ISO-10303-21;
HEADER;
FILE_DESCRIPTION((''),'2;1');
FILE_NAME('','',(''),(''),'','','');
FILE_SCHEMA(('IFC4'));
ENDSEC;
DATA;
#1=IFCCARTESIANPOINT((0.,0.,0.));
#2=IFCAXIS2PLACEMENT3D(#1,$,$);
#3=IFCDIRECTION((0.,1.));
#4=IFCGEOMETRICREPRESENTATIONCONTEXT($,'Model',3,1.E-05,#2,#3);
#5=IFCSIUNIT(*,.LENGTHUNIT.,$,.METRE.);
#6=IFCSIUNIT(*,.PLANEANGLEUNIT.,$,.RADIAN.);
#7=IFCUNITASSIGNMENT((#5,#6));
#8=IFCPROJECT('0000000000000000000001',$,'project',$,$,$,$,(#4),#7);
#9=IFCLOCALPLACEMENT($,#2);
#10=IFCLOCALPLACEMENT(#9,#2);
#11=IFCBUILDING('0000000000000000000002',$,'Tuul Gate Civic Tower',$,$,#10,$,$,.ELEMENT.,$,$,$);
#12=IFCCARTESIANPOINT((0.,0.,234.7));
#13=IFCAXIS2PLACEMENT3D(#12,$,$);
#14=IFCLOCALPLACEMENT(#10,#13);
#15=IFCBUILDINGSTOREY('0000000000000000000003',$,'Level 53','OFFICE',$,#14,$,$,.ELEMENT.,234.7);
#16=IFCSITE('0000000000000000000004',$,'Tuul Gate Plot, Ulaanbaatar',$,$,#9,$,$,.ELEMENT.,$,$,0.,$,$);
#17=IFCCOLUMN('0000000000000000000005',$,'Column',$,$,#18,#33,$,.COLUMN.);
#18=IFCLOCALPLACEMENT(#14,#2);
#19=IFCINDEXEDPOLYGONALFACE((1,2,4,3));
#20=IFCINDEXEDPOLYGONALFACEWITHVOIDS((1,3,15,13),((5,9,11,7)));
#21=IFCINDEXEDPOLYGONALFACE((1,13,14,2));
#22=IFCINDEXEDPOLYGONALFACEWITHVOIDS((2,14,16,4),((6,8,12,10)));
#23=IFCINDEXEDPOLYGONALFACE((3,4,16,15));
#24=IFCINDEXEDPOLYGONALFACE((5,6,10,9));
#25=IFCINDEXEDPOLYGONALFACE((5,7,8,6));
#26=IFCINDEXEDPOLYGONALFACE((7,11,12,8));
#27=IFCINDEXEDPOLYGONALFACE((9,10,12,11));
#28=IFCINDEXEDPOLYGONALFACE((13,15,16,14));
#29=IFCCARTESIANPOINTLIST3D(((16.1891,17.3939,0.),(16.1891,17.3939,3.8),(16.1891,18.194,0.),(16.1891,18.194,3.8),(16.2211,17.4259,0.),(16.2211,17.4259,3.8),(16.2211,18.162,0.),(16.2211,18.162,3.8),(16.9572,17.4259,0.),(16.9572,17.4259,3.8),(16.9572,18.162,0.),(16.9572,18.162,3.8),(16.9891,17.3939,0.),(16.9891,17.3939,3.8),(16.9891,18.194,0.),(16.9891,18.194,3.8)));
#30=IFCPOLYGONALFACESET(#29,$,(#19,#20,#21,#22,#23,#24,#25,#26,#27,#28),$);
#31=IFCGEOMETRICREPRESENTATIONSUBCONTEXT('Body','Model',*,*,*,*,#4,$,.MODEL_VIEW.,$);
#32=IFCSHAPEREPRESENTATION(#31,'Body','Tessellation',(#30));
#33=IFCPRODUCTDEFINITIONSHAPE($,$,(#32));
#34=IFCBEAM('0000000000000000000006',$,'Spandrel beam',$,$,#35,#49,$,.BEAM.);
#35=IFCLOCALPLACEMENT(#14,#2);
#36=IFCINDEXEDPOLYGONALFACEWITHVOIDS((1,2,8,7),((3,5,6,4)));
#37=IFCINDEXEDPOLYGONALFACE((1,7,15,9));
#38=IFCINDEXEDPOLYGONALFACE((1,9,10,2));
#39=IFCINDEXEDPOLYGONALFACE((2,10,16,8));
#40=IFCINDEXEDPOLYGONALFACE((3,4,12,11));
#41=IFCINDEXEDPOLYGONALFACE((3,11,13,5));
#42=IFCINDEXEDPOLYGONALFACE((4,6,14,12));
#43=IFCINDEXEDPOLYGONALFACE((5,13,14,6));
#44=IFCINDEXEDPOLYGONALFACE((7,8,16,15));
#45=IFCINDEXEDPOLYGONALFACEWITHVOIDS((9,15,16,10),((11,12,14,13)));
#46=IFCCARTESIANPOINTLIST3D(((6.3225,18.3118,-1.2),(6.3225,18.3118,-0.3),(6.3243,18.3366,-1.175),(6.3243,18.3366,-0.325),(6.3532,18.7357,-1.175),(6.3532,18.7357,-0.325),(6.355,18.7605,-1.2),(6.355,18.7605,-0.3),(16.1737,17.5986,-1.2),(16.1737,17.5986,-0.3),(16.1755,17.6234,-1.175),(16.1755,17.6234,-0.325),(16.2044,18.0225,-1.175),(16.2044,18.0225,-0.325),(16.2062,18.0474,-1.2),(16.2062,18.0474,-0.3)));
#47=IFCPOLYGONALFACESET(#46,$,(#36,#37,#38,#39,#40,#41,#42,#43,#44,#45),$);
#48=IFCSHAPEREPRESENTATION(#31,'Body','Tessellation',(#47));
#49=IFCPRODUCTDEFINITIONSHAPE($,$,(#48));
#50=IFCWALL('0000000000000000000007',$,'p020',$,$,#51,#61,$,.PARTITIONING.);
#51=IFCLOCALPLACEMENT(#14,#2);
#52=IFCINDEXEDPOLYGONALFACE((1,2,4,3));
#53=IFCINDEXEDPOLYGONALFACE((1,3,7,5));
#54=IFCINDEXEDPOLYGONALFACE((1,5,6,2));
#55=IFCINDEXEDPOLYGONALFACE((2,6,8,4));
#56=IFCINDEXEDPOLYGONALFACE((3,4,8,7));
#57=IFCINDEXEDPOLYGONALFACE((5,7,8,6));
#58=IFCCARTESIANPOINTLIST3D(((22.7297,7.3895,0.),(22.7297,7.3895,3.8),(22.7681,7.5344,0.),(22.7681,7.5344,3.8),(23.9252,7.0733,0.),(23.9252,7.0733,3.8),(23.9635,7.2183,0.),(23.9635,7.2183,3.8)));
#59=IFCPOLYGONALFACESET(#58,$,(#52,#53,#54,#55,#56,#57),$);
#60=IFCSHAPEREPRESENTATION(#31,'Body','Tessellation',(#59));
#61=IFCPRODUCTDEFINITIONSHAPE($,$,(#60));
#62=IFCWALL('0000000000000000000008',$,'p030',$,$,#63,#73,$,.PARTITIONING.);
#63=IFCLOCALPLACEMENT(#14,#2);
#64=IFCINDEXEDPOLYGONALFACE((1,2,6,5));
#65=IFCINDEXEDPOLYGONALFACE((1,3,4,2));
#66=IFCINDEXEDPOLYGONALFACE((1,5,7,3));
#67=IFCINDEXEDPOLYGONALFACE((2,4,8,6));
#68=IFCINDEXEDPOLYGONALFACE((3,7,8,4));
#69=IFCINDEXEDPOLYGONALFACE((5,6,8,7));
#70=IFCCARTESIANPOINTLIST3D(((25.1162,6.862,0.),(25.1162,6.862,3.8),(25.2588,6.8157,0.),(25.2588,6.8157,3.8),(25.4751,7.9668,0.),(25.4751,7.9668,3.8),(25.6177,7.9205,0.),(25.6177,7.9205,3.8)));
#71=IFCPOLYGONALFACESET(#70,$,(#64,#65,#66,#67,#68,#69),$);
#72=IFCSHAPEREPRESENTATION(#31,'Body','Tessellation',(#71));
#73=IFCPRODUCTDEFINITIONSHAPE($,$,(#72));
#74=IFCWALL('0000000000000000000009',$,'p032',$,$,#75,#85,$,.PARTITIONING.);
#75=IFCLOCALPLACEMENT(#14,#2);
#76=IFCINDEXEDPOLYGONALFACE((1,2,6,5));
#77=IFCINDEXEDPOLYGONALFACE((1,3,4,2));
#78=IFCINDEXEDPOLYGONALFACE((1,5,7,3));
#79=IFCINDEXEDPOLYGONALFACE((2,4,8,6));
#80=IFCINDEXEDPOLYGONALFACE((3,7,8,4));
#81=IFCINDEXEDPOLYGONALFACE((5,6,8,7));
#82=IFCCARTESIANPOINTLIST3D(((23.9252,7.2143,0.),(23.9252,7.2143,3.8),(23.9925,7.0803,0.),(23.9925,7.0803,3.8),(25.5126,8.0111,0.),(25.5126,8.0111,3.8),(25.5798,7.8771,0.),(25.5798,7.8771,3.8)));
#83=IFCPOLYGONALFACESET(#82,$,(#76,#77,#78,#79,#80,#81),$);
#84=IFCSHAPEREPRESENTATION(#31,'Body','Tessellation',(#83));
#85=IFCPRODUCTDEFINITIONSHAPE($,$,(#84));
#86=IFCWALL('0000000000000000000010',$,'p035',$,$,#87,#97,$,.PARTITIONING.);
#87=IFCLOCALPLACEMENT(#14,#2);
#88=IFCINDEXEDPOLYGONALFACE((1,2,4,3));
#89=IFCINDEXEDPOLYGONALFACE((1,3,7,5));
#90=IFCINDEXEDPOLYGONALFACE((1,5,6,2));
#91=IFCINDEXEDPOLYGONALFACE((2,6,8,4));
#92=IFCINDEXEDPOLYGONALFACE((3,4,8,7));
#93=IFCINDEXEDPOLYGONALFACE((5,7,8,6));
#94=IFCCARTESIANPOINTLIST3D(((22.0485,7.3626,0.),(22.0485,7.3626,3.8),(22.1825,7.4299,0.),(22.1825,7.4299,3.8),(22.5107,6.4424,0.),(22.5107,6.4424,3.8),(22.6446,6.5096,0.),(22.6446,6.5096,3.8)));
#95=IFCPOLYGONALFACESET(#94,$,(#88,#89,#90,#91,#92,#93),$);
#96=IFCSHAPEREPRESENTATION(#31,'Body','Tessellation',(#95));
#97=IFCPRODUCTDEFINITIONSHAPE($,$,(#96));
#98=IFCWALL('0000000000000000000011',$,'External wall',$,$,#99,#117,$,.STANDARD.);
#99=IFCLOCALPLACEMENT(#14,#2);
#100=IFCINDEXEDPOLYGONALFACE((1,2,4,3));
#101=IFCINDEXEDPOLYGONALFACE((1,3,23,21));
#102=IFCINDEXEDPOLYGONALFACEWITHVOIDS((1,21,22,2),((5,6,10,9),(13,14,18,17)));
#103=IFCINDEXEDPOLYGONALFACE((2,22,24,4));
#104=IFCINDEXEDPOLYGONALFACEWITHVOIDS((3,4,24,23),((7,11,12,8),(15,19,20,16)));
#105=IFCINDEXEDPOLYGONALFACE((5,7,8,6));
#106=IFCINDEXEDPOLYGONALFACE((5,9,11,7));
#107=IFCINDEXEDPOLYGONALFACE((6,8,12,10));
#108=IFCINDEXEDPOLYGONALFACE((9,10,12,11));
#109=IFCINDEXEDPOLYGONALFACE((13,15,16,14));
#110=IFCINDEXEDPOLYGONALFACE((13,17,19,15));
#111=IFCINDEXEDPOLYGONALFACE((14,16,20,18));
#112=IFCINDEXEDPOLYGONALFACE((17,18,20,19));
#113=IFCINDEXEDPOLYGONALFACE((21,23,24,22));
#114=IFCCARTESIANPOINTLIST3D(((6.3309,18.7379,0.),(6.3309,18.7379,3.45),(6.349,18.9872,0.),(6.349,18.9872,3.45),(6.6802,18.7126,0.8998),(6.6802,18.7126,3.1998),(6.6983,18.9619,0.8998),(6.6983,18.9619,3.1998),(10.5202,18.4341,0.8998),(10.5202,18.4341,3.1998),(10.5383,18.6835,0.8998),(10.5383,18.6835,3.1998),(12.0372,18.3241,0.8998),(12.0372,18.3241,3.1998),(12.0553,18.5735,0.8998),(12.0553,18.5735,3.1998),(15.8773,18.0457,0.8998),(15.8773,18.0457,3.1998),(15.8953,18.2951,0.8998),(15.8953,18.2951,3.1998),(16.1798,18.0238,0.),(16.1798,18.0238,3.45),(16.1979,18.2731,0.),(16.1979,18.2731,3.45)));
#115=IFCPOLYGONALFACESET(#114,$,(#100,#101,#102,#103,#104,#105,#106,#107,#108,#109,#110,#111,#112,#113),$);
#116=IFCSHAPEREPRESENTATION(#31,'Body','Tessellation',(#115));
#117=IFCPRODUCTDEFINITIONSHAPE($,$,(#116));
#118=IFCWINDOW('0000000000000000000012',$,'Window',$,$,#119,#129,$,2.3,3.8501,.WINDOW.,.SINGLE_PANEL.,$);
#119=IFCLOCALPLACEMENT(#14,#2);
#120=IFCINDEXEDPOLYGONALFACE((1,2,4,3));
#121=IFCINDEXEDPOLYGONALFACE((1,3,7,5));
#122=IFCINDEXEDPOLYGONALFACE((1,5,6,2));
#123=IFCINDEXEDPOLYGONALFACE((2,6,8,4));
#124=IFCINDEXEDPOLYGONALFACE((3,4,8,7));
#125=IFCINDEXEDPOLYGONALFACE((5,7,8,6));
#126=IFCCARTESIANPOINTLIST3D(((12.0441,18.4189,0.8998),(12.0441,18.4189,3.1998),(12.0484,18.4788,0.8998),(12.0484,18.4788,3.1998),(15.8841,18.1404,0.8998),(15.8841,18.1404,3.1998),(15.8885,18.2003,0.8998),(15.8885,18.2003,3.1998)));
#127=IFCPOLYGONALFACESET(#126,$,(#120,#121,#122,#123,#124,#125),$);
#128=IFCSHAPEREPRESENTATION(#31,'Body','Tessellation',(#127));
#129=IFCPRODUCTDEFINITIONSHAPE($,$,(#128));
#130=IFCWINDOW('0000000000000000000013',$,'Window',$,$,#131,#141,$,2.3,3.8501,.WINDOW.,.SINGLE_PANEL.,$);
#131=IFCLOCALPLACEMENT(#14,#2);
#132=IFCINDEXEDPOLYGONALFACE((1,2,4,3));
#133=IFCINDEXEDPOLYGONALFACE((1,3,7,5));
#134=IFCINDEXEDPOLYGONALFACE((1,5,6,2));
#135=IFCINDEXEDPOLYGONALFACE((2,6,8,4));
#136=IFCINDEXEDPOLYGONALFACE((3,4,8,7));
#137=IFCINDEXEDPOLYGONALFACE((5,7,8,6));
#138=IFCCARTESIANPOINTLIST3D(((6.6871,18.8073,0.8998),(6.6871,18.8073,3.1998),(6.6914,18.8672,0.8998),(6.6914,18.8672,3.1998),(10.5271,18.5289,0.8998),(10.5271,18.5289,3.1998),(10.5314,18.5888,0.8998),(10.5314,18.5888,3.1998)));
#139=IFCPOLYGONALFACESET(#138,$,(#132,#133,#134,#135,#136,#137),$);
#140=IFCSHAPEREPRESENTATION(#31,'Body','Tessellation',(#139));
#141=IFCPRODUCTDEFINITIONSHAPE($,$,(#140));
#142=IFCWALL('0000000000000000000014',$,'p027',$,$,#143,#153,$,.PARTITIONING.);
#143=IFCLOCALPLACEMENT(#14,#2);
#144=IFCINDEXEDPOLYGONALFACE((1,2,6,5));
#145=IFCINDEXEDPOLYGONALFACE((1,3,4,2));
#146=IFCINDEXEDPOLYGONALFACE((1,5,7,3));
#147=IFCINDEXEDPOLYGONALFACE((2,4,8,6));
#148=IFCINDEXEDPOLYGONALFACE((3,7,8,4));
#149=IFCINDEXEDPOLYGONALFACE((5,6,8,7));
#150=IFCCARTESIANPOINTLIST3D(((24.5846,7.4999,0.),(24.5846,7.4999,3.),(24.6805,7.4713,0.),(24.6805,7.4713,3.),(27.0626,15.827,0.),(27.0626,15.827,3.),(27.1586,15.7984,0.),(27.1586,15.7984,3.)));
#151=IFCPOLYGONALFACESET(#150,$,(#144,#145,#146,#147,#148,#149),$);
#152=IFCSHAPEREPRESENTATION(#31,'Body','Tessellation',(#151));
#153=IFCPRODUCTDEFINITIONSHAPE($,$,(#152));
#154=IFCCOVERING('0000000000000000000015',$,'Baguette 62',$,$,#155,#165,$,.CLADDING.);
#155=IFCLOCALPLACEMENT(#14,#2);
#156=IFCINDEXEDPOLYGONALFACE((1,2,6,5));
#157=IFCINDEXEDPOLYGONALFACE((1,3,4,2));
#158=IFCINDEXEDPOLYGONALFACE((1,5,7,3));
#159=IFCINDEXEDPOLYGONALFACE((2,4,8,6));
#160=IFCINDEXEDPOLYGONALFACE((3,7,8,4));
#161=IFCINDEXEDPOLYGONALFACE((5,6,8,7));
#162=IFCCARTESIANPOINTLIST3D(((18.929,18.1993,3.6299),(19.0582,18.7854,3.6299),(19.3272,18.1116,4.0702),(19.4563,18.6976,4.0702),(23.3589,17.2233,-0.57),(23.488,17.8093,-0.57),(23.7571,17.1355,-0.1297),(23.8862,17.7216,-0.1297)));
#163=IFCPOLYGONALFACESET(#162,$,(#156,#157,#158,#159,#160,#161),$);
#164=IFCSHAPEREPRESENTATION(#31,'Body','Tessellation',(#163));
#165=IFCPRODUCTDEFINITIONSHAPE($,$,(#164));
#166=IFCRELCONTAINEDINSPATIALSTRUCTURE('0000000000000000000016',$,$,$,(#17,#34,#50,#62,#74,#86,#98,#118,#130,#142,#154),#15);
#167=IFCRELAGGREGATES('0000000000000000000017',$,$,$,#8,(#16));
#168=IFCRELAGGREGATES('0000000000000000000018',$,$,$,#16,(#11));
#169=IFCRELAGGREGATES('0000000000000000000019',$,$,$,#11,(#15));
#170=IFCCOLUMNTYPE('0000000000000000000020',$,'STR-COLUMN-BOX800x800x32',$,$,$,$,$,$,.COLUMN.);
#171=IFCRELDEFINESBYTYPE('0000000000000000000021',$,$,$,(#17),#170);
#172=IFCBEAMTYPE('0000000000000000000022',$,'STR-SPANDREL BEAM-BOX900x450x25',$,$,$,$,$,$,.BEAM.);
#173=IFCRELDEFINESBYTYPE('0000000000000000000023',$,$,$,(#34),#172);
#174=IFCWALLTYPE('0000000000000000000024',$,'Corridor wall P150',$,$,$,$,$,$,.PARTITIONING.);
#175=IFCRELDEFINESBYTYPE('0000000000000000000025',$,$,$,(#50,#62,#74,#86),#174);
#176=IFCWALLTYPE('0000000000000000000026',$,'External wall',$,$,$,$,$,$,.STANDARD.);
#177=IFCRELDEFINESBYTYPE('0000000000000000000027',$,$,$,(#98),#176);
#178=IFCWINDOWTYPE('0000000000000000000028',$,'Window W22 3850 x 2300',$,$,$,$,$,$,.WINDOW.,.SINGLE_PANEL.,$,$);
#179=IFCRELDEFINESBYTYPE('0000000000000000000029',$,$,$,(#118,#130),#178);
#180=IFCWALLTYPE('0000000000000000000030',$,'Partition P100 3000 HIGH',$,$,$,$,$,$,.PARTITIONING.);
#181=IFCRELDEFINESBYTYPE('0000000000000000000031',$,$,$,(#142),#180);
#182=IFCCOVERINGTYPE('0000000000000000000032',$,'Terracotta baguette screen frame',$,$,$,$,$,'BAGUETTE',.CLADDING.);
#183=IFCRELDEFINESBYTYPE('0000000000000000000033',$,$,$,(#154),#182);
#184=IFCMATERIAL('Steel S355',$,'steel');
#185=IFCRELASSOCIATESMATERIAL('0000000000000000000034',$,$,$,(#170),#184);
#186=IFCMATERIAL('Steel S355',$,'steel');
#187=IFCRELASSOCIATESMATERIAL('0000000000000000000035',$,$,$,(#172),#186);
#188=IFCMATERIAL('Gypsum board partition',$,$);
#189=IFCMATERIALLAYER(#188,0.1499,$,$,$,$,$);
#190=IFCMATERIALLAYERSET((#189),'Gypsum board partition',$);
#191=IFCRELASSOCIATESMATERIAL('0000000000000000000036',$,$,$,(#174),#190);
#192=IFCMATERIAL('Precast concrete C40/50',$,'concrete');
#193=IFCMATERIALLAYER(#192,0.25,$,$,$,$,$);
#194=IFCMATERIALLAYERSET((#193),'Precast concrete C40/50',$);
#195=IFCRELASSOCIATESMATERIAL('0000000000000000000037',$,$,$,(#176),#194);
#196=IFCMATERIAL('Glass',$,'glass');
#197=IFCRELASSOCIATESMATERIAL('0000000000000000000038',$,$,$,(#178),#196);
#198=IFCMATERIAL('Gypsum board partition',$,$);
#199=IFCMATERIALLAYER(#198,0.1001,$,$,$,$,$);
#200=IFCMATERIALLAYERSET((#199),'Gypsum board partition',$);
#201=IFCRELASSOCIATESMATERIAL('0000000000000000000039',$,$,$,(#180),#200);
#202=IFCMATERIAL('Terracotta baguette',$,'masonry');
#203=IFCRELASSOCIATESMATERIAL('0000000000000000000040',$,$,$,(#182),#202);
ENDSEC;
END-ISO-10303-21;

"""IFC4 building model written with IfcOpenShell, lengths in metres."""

from ifc_helpers import new_model, si_unit, direction, frame, frame_2d, origin, origin_2d, place, context, subcontext, project, spatial, rectangle, hollow_rectangle, extrude, material, layer, layer_set, material_profile, profile_set, type_object, element, fill, save


model = new_model("IFC4")

# Units and contexts
model_context = context("Model", 3, precision=1e-05, world=origin(), true_north=direction((0.0, 1.0)))
body_context = subcontext(model_context, "Body", "Model", "MODEL_VIEW")
ifc_project = project(units=[si_unit("LENGTHUNIT", "METRE"), si_unit("PLANEANGLEUNIT", "RADIAN")], contexts=[model_context])

# Site, building, storey
site_placement = place(None, origin())
site = spatial("IfcSite", under=ifc_project, at=site_placement, Name="Tuul Gate Plot, Ulaanbaatar", CompositionType="ELEMENT", RefElevation=0.0)
building_placement = place(site_placement, origin())
building = spatial("IfcBuilding", under=site, at=building_placement, Name="Tuul Gate Civic Tower", CompositionType="ELEMENT")
storey_placement = place(building_placement, frame((0.0, 0.0, 234.7)))
storey = spatial("IfcBuildingStorey", under=building, at=storey_placement, Name="Level 53", Description="OFFICE", CompositionType="ELEMENT", Elevation=234.7)

# Column
ifc_material_1 = material(Name="Steel S355", Category="steel")
ifc_material_profile_1 = material_profile(ifc_material_1, hollow_rectangle(XDim=0.8, YDim=0.8, WallThickness=0.032, at=origin_2d()), Name="BOX800x800x32")
ifc_profile_set_1 = profile_set([ifc_material_profile_1], Name="Steel S355")
column_type = type_object("IfcColumnType", Name="STR-COLUMN-BOX800x800x32", PredefinedType="COLUMN", material=ifc_profile_set_1)
column_placement = place(storey_placement, frame((16.5891, 17.7939, 0.0), z_axis=(0.0, 0.0, 1.0), x_axis=(1.0, 0.0, 0.0)))
element("IfcColumn", 1, at=column_placement, inside=storey, type_object=column_type, Name="Column", PredefinedType="COLUMN", context=body_context, shape_type="SweptSolid", body=[
    extrude(hollow_rectangle(XDim=0.8, YDim=0.8, WallThickness=0.032, at=origin_2d()), origin(), (0.0, 0.0, 1.0), 3.8),
])

# Beam
ifc_material_2 = material(Name="Steel S355", Category="steel")
ifc_material_profile_2 = material_profile(ifc_material_2, hollow_rectangle(XDim=0.45, YDim=0.8999, WallThickness=0.0249, at=origin_2d()), Name="BOX900x450x25")
ifc_profile_set_2 = profile_set([ifc_material_profile_2], Name="Steel S355")
beam_type = type_object("IfcBeamType", Name="STR-SPANDREL BEAM-BOX900x450x25", PredefinedType="BEAM", material=ifc_profile_set_2)
beam_placement = place(storey_placement, frame((16.1899, 17.823, -0.75), z_axis=(-0.99739, 0.072203, 0.0), x_axis=(-0.072203, -0.99739, 0.0)))
element("IfcBeam", 2, at=beam_placement, inside=storey, type_object=beam_type, Name="Spandrel beam", PredefinedType="BEAM", context=body_context, shape_type="SweptSolid", body=[
    extrude(hollow_rectangle(XDim=0.45, YDim=0.8999, WallThickness=0.0249, at=origin_2d()), origin(), (0.0, 0.0, 1.0), 9.877),
])

# Walls
ifc_material_3 = material(Name="Gypsum board partition")
ifc_layer_1 = layer(ifc_material_3, 0.1499)
ifc_layer_set_1 = layer_set([ifc_layer_1], Name="Gypsum board partition")
wall_type_1 = type_object("IfcWallType", Name="Corridor wall P150", PredefinedType="PARTITIONING", material=ifc_layer_set_1)
wall_1_placement = place(storey_placement, frame((22.749, 7.4619, 0.0), z_axis=(0.0, 0.0, 1.0), x_axis=(0.966767, -0.255659, 0.0)))
element("IfcWall", 3, at=wall_1_placement, inside=storey, type_object=wall_type_1, Name="p020", PredefinedType="PARTITIONING", context=body_context, shape_type="SweptSolid", body=[
    extrude(rectangle(XDim=1.2366, YDim=0.1499, at=frame_2d((0.6182, 0.0))), origin(), (0.0, 0.0, 1.0), 3.8),
])
wall_2_placement = place(storey_placement, frame((25.1875, 6.8389, 0.0), z_axis=(0.0, 0.0, 1.0), x_axis=(0.308967, 0.951073, 0.0)))
element("IfcWall", 4, at=wall_2_placement, inside=storey, type_object=wall_type_1, Name="p030", PredefinedType="PARTITIONING", context=body_context, shape_type="SweptSolid", body=[
    extrude(rectangle(XDim=1.1616, YDim=0.1499, at=frame_2d((0.5808, 0.0))), origin(), (0.0, 0.0, 1.0), 3.8),
])
wall_3_placement = place(storey_placement, frame((23.9587, 7.1472, 0.0), z_axis=(0.0, 0.0, 1.0), x_axis=(0.893711, 0.448643, 0.0)))
element("IfcWall", 5, at=wall_3_placement, inside=storey, type_object=wall_type_1, Name="p032", PredefinedType="PARTITIONING", context=body_context, shape_type="SweptSolid", body=[
    extrude(rectangle(XDim=1.7761, YDim=0.1499, at=frame_2d((0.8882, 0.0))), origin(), (0.0, 0.0, 1.0), 3.8),
])
wall_4_placement = place(storey_placement, frame((22.1155, 7.3962, 0.0), z_axis=(0.0, 0.0, 1.0), x_axis=(0.448825, -0.89362, 0.0)))
element("IfcWall", 6, at=wall_4_placement, inside=storey, type_object=wall_type_1, Name="p035", PredefinedType="PARTITIONING", context=body_context, shape_type="SweptSolid", body=[
    extrude(rectangle(XDim=1.0298, YDim=0.1499, at=frame_2d((0.5149, 0.0))), origin(), (0.0, 0.0, 1.0), 3.8),
])

# Wall, openings, windows
ifc_material_4 = material(Name="Precast concrete C40/50", Category="concrete")
ifc_layer_2 = layer(ifc_material_4, 0.25)
ifc_layer_set_2 = layer_set([ifc_layer_2], Name="Precast concrete C40/50")
wall_type_2 = type_object("IfcWallType", Name="External wall", PredefinedType="STANDARD", material=ifc_layer_set_2)
wall_5_placement = place(storey_placement, frame((16.189, 18.1484, 0.0), z_axis=(0.0, 0.0, 1.0), x_axis=(-0.997382, 0.072317, 0.0)))
wall_5 = element("IfcWall", 7, at=wall_5_placement, inside=storey, type_object=wall_type_2, Name="External wall", PredefinedType="STANDARD", context=body_context, shape_type="SweptSolid", body=[
    extrude(rectangle(XDim=9.8748, YDim=0.25, at=frame_2d((4.9375, 0.0))), origin(), (0.0, 0.0, 1.0), 3.45),
])
opening_1_placement = place(wall_5_placement, frame((0.3035, 0.0, 0.8999)))
opening_1 = element("IfcOpeningElement", 8, at=opening_1_placement, cuts=wall_5, PredefinedType="OPENING", context=body_context, shape_type="SweptSolid", body=[
    extrude(rectangle(XDim=3.8501, YDim=2.3, at=frame_2d((1.925, 1.1499))), frame((0.0, 0.135, 0.0), z_axis=(0.0, -1.0, 0.0), x_axis=(1.0, 0.0, 0.0)), (0.0, 0.0, 1.0), 0.27),
])
opening_2_placement = place(wall_5_placement, frame((5.6746, 0.0, 0.8999)))
opening_2 = element("IfcOpeningElement", 9, at=opening_2_placement, cuts=wall_5, PredefinedType="OPENING", context=body_context, shape_type="SweptSolid", body=[
    extrude(rectangle(XDim=3.8501, YDim=2.3, at=frame_2d((1.925, 1.1499))), frame((0.0, 0.135, 0.0), z_axis=(0.0, -1.0, 0.0), x_axis=(1.0, 0.0, 0.0)), (0.0, 0.0, 1.0), 0.27),
])
ifc_material_5 = material(Name="Glass", Category="glass")
window_type = type_object("IfcWindowType", Name="Window W22 3850 x 2300", PartitioningType="SINGLE_PANEL", PredefinedType="WINDOW", material=ifc_material_5)
window_1_placement = place(opening_1_placement, origin())
window_1 = element("IfcWindow", 10, at=window_1_placement, inside=storey, type_object=window_type, Name="Window", OverallHeight=2.3, OverallWidth=3.8501, PartitioningType="SINGLE_PANEL", PredefinedType="WINDOW", context=body_context, shape_type="SweptSolid", body=[
    extrude(rectangle(XDim=3.8501, YDim=2.3, at=frame_2d((1.925, 1.1499))), frame((0.0, 0.03, 0.0), z_axis=(0.0, -1.0, 0.0), x_axis=(1.0, 0.0, 0.0)), (0.0, 0.0, 1.0), 0.0601),
])
fill(opening_1, window_1)
window_2_placement = place(opening_2_placement, origin())
window_2 = element("IfcWindow", 11, at=window_2_placement, inside=storey, type_object=window_type, Name="Window", OverallHeight=2.3, OverallWidth=3.8501, PartitioningType="SINGLE_PANEL", PredefinedType="WINDOW", context=body_context, shape_type="SweptSolid", body=[
    extrude(rectangle(XDim=3.8501, YDim=2.3, at=frame_2d((1.925, 1.1499))), frame((0.0, 0.03, 0.0), z_axis=(0.0, -1.0, 0.0), x_axis=(1.0, 0.0, 0.0)), (0.0, 0.0, 1.0), 0.0601),
])
fill(opening_2, window_2)

# Wall
ifc_material_6 = material(Name="Gypsum board partition")
ifc_layer_3 = layer(ifc_material_6, 0.1001)
ifc_layer_set_3 = layer_set([ifc_layer_3], Name="Gypsum board partition")
wall_type_3 = type_object("IfcWallType", Name="Partition P100 3000 HIGH", PredefinedType="PARTITIONING", material=ifc_layer_set_3)
wall_6_placement = place(storey_placement, frame((24.6326, 7.4856, 0.0), z_axis=(0.0, 0.0, 1.0), x_axis=(0.285223, 0.958461, 0.0)))
element("IfcWall", 12, at=wall_6_placement, inside=storey, type_object=wall_type_3, Name="p027", PredefinedType="PARTITIONING", context=body_context, shape_type="SweptSolid", body=[
    extrude(rectangle(XDim=8.688, YDim=0.1001, at=frame_2d((4.344, 0.0))), origin(), (0.0, 0.0, 1.0), 3.0),
])

# Covering
ifc_material_7 = material(Name="Terracotta baguette", Category="masonry")
ifc_material_profile_3 = material_profile(ifc_material_7, rectangle(XDim=0.6001, YDim=0.6001, at=origin_2d()), Name="Terracotta baguette screen frame")
ifc_profile_set_3 = profile_set([ifc_material_profile_3], Name="Terracotta baguette")
covering_type = type_object("IfcCoveringType", Name="Terracotta baguette screen frame", ElementType="BAGUETTE", PredefinedType="CLADDING", material=ifc_profile_set_3)
covering_1_placement = place(storey_placement, frame((23.6226, 17.4724, -0.3499), z_axis=(-0.71659, 0.157891, 0.679388), x_axis=(-0.215175, -0.976576, 0.0)))
element("IfcCovering", 13, at=covering_1_placement, inside=storey, type_object=covering_type, Name="Baguette 62", PredefinedType="CLADDING", context=body_context, shape_type="SweptSolid", body=[
    extrude(rectangle(XDim=0.6001, YDim=0.6001, at=origin_2d()), origin(), (0.0, 0.0, 1.0), 6.1819),
])

save(model, "model.ifc")
